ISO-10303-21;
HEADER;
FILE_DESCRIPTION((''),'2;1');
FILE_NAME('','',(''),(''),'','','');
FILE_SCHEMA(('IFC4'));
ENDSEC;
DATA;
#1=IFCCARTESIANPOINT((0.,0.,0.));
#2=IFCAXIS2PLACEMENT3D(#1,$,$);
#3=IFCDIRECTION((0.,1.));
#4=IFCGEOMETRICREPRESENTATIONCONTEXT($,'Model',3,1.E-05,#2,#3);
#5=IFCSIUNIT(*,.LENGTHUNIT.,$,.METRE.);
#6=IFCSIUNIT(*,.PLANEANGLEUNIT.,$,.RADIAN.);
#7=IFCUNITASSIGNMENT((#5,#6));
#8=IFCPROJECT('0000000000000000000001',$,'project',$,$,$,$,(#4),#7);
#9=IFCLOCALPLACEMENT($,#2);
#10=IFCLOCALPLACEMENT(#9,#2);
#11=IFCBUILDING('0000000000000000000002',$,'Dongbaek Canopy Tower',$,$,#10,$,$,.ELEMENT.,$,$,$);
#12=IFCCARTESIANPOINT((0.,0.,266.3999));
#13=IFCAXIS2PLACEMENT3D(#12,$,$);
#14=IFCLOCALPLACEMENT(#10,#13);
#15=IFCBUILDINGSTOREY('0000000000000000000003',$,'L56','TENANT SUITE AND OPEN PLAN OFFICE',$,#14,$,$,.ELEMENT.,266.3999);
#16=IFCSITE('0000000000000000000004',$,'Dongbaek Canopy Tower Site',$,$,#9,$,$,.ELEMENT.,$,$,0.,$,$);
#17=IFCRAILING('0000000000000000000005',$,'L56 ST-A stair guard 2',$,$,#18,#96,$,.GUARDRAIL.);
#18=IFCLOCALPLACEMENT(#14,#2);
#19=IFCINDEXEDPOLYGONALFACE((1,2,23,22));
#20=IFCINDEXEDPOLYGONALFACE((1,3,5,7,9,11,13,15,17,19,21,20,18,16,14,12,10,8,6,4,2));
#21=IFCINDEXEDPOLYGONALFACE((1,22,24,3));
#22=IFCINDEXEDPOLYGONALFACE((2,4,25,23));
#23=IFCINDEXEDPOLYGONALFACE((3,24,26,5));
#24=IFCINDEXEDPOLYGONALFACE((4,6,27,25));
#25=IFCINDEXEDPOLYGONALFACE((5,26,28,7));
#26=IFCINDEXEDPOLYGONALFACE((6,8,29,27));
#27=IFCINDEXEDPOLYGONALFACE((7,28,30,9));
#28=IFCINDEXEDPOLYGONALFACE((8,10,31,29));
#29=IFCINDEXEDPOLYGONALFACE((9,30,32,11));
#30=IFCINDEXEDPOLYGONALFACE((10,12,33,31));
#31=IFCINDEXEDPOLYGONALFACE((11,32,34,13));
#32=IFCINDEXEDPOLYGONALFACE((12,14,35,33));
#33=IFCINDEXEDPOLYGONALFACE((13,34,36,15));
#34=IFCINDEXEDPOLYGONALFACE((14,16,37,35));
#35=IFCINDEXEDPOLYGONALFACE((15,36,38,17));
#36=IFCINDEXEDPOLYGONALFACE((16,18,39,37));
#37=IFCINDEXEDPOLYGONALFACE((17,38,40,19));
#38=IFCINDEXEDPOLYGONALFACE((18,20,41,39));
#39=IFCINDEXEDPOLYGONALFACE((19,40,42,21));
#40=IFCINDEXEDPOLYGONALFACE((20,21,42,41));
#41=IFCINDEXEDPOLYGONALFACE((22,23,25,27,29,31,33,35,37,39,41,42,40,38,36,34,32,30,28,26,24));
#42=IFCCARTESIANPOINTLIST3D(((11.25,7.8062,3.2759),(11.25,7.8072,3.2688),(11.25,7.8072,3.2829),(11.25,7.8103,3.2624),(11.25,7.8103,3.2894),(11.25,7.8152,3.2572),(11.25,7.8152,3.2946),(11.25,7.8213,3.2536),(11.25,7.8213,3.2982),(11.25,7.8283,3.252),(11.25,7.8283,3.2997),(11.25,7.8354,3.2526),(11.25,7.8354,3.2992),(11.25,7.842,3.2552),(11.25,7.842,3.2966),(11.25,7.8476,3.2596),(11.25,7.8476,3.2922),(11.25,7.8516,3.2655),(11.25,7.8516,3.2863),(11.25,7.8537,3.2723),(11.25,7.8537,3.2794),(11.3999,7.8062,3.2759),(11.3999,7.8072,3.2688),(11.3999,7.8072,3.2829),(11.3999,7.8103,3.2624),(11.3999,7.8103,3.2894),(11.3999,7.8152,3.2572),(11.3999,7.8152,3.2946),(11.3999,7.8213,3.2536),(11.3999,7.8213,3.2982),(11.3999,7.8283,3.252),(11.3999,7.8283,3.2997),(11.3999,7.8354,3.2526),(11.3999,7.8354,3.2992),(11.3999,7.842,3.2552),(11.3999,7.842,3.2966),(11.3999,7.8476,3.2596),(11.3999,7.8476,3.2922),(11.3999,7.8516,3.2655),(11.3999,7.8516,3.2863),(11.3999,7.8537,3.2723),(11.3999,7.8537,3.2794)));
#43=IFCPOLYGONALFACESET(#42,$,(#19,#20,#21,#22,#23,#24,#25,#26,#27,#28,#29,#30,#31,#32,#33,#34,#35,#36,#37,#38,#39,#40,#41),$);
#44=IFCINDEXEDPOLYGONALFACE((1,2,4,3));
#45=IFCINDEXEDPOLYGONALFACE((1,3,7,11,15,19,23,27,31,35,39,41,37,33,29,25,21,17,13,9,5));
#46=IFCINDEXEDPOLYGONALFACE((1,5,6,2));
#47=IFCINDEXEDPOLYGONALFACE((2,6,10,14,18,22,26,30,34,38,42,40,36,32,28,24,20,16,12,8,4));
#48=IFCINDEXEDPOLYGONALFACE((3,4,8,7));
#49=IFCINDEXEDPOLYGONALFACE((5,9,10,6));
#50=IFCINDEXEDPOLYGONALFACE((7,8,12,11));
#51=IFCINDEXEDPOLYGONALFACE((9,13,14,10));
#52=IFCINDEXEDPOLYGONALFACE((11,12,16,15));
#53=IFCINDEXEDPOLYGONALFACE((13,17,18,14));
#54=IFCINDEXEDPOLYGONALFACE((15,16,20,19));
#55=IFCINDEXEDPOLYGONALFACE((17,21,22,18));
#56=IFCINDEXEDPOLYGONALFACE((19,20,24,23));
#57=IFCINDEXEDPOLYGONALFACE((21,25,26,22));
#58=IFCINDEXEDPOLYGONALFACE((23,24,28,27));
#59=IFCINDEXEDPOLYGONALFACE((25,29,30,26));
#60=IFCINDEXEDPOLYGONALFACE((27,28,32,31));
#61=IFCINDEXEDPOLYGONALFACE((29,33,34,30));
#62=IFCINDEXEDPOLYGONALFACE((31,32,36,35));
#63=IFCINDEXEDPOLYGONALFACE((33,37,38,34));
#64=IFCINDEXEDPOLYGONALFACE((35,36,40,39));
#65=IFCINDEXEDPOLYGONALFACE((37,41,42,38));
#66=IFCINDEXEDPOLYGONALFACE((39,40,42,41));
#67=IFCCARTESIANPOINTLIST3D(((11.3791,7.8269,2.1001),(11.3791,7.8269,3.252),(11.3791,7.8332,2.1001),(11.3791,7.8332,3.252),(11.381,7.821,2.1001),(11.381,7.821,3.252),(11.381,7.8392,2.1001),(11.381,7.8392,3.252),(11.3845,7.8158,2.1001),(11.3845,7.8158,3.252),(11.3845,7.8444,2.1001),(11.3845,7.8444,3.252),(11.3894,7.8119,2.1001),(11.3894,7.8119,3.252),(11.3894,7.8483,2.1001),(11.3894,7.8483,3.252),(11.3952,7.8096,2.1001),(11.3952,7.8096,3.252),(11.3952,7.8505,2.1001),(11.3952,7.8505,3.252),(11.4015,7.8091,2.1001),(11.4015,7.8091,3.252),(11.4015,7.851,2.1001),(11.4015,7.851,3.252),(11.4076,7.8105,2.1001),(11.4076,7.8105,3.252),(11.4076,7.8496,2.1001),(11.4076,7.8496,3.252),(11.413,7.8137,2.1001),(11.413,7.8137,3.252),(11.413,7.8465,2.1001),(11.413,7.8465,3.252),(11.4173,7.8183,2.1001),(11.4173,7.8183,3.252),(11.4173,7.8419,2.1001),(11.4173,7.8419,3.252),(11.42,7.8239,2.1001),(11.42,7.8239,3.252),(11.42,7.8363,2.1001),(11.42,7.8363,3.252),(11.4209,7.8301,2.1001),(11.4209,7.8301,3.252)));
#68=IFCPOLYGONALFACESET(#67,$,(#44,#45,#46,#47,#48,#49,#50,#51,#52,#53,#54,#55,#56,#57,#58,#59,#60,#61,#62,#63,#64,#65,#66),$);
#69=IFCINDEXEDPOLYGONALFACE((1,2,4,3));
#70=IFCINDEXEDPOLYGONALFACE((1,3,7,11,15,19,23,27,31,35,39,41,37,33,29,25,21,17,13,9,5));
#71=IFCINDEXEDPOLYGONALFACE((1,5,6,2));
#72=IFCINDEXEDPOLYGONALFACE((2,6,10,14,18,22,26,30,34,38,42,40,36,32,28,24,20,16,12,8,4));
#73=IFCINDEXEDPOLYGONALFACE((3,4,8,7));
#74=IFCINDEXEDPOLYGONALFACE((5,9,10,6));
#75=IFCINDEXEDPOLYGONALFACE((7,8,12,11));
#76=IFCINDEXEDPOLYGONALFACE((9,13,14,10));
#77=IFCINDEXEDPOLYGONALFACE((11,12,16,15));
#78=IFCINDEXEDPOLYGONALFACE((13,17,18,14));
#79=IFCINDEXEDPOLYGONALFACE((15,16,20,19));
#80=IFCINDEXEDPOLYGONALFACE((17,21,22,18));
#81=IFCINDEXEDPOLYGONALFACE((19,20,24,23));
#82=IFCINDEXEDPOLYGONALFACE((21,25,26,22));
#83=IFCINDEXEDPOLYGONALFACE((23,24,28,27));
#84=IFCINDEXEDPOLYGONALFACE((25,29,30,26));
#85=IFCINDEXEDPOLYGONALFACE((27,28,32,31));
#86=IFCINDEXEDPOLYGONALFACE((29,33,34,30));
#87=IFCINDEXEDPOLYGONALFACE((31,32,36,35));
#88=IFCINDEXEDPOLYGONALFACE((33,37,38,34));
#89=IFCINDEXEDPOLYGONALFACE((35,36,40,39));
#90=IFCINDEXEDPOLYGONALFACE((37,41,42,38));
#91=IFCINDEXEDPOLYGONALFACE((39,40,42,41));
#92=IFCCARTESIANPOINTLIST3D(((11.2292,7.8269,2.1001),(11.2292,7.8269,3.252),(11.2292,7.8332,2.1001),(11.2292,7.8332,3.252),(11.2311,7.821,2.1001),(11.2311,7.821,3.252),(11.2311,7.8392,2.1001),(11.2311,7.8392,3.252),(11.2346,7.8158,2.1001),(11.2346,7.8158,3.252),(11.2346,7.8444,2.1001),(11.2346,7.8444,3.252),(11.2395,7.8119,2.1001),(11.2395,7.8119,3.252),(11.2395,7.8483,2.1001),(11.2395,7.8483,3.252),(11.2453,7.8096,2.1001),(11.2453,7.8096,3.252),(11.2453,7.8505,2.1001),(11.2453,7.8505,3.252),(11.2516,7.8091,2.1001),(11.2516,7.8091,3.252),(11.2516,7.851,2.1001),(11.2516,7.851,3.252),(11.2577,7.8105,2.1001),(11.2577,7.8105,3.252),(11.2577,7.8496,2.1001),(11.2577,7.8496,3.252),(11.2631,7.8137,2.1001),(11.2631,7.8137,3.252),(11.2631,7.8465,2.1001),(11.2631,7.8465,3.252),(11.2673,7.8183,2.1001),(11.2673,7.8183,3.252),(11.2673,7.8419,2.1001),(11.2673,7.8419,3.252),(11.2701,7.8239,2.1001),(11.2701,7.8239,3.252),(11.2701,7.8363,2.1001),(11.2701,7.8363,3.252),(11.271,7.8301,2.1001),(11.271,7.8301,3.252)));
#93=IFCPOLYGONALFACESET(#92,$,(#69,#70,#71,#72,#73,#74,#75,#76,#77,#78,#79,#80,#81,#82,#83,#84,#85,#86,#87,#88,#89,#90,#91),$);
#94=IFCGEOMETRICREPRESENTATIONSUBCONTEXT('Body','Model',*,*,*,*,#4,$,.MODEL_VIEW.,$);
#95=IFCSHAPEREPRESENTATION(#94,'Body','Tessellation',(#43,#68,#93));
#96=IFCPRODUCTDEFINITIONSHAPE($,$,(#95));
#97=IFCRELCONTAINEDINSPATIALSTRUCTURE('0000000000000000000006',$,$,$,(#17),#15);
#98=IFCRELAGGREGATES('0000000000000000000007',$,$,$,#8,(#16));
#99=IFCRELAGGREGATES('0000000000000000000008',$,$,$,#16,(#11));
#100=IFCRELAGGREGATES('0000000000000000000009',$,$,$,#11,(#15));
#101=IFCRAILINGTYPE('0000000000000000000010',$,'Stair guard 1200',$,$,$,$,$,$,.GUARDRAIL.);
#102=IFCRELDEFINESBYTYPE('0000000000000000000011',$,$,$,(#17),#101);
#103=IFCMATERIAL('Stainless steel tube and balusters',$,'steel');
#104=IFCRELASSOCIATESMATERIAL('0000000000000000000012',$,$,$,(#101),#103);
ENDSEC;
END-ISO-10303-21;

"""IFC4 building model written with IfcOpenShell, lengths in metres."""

from ifc_helpers import new_model, si_unit, direction, frame, origin, origin_2d, place, context, subcontext, project, spatial, circle, extrude, material, type_object, element, save


model = new_model("IFC4")

# Units and contexts
model_context = context("Model", 3, precision=1e-05, world=origin(), true_north=direction((0.0, 1.0)))
body_context = subcontext(model_context, "Body", "Model", "MODEL_VIEW")
ifc_project = project(units=[si_unit("LENGTHUNIT", "METRE"), si_unit("PLANEANGLEUNIT", "RADIAN")], contexts=[model_context])

# Site, building, storey
site_placement = place(None, origin())
site = spatial("IfcSite", under=ifc_project, at=site_placement, Name="Dongbaek Canopy Tower Site", CompositionType="ELEMENT", RefElevation=0.0)
building_placement = place(site_placement, origin())
building = spatial("IfcBuilding", under=site, at=building_placement, Name="Dongbaek Canopy Tower", CompositionType="ELEMENT")
storey_placement = place(building_placement, frame((0.0, 0.0, 266.3999)))
storey = spatial("IfcBuildingStorey", under=building, at=storey_placement, Name="L56", Description="TENANT SUITE AND OPEN PLAN OFFICE", CompositionType="ELEMENT", Elevation=266.3999)

# Railing
ifc_material_1 = material(Name="Stainless steel tube and balusters", Category="steel")
railing_type_1 = type_object("IfcRailingType", Name="Stair guard 1200", PredefinedType="GUARDRAIL", material=ifc_material_1)
railing_1_placement = place(storey_placement, frame((11.3999, 7.8301, 2.1001)))
element("IfcRailing", 1, at=railing_1_placement, inside=storey, type_object=railing_type_1, Name="L56 ST-A stair guard 2", PredefinedType="GUARDRAIL", context=body_context, shape_type="SweptSolid", body=[
    extrude(circle(Radius=0.0239, at=origin_2d()), frame((0.0, 0.0, 1.1758), z_axis=(-1.0, 0.0, 0.0), x_axis=(0.0, -1.0, 0.0)), (0.0, 0.0, 1.0), 0.1499),
    extrude(circle(Radius=0.021, at=origin_2d()), origin(), (0.0, 0.0, 1.0), 1.1519),
    extrude(circle(Radius=0.021, at=origin_2d()), frame((-0.1499, 0.0, 0.0)), (0.0, 0.0, 1.0), 1.1519),
])

save(model, "model.ifc")
